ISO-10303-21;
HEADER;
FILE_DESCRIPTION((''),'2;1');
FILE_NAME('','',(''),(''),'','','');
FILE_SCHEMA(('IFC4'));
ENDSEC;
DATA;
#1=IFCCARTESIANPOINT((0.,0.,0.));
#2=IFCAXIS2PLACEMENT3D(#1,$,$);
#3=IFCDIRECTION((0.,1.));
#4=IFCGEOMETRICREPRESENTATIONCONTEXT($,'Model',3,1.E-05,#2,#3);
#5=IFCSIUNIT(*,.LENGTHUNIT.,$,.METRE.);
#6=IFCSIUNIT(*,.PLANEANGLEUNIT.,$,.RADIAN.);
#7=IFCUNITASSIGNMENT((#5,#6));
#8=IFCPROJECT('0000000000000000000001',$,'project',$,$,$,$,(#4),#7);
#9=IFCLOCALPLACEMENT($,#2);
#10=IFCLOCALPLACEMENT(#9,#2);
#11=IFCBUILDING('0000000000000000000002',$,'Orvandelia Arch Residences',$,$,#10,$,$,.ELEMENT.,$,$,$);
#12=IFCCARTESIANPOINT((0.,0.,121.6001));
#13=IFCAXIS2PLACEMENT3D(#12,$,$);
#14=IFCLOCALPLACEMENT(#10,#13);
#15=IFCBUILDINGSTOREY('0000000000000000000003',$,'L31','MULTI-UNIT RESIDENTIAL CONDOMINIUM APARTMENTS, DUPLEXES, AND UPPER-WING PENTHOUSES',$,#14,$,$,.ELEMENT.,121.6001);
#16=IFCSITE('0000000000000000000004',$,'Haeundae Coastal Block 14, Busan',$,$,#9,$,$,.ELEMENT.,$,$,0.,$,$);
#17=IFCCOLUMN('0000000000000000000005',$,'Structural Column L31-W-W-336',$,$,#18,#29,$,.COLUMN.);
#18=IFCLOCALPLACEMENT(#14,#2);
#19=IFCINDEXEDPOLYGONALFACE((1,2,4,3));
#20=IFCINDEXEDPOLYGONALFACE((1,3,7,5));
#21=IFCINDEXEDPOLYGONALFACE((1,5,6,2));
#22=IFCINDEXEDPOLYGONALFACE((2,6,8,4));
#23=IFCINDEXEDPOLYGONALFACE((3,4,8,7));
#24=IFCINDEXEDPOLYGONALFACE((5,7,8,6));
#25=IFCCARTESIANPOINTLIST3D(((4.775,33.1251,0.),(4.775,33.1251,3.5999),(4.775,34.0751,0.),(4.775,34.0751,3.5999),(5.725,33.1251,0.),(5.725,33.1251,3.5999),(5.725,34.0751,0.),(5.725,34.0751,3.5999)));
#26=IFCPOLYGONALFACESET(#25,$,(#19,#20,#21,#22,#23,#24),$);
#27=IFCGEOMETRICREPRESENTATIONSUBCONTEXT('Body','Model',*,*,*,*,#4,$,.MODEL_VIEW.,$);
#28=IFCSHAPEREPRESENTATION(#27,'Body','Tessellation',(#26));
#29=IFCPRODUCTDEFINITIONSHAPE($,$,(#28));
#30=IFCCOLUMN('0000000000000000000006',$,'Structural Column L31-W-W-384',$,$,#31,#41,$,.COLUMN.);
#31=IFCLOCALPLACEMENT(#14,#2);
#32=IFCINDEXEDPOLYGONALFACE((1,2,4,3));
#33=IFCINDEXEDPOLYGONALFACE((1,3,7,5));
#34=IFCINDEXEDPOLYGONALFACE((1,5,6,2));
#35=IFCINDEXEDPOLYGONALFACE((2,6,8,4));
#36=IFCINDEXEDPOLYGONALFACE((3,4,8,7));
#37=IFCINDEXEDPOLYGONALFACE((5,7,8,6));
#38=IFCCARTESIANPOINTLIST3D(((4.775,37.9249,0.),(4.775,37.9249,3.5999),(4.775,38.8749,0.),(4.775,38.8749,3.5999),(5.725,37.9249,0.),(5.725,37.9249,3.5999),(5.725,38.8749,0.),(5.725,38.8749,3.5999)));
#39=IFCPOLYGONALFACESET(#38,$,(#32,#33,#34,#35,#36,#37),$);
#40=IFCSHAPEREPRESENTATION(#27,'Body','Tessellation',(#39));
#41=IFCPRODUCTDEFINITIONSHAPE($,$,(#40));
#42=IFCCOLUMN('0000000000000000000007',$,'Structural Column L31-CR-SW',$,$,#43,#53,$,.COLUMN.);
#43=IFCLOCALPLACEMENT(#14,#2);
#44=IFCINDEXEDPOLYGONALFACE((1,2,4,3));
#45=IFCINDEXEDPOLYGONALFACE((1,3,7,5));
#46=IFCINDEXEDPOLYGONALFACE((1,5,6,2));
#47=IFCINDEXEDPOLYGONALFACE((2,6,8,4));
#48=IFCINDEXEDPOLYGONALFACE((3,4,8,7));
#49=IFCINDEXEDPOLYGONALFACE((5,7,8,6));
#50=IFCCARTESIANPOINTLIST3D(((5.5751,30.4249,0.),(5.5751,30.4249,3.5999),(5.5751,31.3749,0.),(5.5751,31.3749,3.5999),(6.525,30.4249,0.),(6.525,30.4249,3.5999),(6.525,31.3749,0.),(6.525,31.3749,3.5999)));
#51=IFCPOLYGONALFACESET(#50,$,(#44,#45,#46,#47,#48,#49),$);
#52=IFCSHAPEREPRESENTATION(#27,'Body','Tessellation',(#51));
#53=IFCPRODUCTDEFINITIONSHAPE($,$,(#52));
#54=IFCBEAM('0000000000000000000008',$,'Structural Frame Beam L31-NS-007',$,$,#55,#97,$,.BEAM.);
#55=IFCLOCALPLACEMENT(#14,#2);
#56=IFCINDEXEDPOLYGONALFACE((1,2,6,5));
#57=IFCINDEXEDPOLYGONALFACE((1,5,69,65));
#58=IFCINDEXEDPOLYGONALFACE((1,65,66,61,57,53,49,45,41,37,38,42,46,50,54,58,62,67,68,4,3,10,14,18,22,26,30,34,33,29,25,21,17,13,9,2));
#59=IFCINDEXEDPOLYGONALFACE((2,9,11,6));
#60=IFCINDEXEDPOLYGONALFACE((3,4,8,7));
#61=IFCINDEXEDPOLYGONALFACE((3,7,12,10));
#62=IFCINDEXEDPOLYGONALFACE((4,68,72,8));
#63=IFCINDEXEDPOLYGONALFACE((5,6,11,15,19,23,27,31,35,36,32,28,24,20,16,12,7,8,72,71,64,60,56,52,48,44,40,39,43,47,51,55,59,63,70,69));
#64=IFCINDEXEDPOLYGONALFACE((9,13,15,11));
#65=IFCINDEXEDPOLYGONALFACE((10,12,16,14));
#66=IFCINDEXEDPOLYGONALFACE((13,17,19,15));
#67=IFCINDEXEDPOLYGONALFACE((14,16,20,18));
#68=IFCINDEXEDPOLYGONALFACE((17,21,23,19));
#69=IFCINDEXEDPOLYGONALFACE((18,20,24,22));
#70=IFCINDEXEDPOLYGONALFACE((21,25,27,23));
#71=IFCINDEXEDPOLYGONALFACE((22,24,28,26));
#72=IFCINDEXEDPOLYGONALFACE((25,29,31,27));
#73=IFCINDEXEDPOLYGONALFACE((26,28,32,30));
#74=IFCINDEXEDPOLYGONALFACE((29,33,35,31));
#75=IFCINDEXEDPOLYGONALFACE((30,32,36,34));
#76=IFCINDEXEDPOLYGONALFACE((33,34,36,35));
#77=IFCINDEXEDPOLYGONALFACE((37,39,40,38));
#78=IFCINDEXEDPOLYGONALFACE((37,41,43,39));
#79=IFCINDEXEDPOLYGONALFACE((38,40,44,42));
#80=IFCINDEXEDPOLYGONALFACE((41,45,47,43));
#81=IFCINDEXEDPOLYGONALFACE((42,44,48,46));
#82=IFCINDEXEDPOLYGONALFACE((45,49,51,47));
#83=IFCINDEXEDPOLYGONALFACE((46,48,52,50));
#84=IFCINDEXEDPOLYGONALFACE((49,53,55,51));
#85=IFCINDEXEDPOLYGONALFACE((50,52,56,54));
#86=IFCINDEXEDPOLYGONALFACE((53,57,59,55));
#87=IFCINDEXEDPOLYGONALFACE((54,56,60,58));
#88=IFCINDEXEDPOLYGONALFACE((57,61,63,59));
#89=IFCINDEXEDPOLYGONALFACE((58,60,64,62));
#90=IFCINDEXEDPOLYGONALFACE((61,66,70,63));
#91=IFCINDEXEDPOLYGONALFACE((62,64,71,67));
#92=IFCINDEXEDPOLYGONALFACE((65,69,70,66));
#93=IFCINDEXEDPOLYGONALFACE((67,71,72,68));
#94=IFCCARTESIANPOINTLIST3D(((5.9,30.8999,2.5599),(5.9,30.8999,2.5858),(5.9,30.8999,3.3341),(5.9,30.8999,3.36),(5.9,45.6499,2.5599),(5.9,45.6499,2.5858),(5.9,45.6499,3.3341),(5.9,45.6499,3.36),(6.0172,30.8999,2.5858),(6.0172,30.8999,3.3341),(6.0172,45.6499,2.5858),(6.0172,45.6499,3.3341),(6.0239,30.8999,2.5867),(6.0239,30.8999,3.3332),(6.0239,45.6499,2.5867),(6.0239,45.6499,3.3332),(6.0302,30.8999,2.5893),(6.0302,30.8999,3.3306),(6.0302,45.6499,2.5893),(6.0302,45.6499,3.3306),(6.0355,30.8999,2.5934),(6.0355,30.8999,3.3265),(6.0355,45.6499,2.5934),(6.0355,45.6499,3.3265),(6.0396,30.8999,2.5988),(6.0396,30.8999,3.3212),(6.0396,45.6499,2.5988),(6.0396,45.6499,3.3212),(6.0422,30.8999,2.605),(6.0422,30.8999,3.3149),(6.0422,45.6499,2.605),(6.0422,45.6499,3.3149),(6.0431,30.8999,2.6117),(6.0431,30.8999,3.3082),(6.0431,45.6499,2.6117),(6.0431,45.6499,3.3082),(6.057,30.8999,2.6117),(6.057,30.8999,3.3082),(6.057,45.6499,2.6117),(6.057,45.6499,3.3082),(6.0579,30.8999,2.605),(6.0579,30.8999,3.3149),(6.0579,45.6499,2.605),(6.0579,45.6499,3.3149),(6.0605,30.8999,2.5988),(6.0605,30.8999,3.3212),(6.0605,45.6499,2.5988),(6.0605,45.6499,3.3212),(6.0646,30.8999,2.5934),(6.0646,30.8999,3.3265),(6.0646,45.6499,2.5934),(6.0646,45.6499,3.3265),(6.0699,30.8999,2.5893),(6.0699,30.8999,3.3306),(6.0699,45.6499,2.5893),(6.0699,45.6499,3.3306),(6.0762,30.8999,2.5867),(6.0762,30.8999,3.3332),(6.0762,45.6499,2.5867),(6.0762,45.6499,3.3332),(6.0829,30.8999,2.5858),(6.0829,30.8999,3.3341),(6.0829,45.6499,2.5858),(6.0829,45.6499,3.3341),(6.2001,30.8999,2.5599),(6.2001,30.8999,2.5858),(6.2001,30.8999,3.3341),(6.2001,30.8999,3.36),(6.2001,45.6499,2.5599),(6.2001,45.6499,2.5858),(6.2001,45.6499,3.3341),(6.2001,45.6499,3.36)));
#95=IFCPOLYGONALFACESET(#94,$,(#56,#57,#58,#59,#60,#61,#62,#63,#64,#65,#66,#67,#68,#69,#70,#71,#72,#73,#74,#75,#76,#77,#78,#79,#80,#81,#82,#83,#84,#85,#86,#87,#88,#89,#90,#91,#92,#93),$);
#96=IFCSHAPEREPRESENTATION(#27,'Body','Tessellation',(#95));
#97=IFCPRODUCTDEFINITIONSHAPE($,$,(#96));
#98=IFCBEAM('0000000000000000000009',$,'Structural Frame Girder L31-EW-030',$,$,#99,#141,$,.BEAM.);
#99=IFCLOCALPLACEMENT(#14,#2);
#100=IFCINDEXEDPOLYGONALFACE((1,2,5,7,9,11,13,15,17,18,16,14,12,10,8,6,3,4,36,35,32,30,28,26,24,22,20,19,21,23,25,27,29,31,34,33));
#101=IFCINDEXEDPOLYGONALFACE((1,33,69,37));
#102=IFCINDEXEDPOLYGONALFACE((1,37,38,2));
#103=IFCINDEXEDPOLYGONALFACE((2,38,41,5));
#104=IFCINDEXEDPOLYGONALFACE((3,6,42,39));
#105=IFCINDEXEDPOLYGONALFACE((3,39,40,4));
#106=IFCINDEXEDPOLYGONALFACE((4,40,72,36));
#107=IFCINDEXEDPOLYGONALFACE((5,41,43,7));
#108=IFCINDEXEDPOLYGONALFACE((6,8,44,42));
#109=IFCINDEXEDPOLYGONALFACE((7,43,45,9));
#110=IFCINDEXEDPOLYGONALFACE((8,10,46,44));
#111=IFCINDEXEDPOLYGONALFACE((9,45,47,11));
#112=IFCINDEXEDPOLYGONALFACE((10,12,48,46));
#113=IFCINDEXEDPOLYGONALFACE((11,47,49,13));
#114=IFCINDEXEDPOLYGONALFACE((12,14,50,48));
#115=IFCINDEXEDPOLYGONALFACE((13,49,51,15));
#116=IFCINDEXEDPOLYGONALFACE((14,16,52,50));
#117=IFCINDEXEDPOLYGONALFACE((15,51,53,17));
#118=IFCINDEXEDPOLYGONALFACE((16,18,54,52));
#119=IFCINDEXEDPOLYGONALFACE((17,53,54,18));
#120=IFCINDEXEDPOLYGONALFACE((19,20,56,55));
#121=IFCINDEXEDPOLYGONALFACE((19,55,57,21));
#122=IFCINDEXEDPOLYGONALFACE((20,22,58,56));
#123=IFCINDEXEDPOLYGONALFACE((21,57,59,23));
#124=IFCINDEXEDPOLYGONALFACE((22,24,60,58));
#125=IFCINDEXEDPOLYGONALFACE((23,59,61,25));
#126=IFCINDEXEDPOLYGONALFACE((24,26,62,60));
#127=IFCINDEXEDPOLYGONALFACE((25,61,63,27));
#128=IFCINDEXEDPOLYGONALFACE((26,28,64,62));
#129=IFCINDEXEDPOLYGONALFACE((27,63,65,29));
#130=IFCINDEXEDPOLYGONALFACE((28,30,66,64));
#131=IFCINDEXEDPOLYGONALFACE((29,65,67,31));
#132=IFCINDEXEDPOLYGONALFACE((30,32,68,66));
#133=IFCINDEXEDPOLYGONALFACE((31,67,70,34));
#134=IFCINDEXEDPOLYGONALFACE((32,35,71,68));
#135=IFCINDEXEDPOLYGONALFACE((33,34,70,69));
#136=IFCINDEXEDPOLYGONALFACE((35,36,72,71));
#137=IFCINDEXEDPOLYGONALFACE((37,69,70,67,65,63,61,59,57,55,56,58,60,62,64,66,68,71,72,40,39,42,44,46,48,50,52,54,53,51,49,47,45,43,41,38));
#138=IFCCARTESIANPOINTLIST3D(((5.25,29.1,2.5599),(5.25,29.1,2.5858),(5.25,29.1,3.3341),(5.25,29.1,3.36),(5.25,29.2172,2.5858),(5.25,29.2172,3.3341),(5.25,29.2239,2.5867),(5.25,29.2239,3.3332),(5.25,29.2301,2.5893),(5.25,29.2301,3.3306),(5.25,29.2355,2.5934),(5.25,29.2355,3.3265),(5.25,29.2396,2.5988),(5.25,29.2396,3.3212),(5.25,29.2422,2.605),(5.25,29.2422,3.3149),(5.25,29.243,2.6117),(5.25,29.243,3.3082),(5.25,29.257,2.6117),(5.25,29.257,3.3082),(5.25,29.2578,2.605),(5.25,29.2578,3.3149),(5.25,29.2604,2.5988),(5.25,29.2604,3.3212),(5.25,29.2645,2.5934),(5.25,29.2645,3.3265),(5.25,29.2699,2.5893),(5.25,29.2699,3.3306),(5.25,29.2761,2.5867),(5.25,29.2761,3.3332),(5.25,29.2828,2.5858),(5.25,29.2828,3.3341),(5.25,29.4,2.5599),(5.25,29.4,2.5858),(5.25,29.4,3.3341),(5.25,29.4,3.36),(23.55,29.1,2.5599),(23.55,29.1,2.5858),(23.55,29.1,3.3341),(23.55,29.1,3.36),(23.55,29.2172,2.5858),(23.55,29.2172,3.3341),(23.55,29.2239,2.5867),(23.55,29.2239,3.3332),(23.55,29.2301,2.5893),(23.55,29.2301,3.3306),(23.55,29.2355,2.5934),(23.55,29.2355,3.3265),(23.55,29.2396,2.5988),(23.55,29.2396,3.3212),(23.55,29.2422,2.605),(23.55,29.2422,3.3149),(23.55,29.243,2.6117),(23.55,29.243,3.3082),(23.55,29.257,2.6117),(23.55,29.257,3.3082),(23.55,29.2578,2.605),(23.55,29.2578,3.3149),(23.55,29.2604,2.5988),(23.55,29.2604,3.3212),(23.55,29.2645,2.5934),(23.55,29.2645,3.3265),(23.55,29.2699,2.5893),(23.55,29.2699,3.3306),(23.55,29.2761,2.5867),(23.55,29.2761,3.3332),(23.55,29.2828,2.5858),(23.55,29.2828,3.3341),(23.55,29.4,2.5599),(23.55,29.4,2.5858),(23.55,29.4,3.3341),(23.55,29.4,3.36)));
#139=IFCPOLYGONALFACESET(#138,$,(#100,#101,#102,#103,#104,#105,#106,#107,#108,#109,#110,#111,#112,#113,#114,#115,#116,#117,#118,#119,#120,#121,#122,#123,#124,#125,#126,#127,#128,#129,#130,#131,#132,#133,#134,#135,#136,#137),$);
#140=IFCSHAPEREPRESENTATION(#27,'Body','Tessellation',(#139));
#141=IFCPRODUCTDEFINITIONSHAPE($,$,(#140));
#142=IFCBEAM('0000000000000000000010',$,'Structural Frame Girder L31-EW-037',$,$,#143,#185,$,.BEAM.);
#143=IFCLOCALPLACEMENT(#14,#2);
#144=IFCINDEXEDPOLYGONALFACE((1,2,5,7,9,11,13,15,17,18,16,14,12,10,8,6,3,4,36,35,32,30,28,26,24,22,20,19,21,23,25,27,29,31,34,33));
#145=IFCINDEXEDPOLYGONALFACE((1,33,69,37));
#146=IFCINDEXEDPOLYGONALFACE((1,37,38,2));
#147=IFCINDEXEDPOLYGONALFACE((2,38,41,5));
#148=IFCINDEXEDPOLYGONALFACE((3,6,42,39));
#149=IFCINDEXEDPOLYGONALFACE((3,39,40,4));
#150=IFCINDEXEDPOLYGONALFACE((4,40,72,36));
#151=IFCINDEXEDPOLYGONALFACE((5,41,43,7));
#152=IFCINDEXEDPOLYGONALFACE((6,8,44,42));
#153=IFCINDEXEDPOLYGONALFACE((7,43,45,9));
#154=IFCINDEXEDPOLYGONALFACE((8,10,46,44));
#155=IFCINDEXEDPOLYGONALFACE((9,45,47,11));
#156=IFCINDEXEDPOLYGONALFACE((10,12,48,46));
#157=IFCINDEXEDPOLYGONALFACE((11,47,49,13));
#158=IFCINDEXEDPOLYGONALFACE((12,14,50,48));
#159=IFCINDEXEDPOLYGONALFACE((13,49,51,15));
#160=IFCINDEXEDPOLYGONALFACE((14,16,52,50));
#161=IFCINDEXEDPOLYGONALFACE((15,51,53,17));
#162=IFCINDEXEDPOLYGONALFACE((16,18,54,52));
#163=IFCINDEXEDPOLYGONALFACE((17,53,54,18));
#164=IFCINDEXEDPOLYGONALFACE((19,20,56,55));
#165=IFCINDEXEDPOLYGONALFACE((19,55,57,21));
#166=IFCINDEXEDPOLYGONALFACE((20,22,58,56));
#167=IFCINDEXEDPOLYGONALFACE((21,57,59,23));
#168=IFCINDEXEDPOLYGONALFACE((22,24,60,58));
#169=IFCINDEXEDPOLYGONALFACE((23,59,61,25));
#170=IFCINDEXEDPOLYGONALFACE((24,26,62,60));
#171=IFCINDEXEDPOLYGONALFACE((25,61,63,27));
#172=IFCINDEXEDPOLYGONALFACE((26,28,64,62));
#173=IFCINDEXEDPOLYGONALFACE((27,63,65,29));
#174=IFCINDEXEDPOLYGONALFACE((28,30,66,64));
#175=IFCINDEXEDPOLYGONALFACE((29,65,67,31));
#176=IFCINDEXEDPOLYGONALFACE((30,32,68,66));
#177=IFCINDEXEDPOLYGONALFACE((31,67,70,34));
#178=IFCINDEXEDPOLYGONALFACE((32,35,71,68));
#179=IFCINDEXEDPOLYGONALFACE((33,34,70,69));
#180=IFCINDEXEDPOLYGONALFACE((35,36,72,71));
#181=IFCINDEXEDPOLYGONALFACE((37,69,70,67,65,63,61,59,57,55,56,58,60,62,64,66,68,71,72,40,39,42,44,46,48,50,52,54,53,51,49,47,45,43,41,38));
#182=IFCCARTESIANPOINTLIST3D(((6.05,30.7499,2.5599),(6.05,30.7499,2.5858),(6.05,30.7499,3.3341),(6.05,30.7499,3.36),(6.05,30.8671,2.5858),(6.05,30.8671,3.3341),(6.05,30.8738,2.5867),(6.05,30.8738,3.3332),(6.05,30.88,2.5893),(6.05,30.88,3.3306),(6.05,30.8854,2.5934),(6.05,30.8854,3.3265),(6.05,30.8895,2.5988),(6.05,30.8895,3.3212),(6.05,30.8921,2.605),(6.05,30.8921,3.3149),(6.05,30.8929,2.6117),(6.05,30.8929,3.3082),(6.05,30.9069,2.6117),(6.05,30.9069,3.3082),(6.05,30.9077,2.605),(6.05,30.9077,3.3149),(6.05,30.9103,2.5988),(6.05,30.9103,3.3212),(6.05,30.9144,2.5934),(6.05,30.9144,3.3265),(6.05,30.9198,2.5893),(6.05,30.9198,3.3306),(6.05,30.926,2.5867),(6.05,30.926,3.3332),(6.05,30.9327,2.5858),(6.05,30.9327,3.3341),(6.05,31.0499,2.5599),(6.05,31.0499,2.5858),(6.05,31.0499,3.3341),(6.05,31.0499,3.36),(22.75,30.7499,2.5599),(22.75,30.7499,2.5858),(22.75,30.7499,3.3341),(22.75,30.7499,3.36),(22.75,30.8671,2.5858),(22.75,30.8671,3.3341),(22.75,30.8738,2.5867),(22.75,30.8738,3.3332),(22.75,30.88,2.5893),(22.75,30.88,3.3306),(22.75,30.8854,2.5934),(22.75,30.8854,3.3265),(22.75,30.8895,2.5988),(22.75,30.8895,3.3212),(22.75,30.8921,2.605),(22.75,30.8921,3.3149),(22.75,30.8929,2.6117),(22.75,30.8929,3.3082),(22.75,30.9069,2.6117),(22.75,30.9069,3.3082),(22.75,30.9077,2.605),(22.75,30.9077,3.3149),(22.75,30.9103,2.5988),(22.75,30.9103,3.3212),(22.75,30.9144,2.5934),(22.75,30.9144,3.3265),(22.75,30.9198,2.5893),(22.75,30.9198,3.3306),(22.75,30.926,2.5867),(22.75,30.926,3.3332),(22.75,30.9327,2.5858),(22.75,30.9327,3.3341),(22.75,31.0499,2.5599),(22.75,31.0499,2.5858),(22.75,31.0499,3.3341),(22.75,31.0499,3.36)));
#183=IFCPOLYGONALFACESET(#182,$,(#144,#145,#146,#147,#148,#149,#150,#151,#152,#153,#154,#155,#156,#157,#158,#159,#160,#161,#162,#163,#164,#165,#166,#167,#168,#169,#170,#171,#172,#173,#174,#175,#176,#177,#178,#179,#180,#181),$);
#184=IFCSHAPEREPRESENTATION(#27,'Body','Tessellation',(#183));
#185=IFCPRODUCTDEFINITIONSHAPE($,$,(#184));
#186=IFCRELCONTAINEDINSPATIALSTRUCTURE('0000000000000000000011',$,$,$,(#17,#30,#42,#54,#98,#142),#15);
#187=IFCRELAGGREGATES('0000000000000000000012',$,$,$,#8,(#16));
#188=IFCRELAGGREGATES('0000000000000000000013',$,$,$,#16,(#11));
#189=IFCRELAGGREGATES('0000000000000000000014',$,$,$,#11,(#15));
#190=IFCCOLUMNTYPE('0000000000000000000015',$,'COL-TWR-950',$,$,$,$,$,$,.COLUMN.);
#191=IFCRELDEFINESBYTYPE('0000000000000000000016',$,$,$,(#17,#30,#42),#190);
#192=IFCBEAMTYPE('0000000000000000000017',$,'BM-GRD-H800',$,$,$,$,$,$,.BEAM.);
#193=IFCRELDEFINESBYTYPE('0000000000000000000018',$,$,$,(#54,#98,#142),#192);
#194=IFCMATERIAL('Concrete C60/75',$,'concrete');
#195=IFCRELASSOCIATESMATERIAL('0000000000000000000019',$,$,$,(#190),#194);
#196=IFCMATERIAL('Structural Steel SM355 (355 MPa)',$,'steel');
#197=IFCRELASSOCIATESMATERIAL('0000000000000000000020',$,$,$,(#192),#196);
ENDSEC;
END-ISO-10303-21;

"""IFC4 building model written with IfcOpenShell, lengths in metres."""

from ifc_helpers import new_model, si_unit, direction, frame, origin, origin_2d, place, context, subcontext, project, spatial, rectangle, i_section, extrude, material, material_profile, profile_set, type_object, element, save


model = new_model("IFC4")

# Units and contexts
model_context = context("Model", 3, precision=1e-05, world=origin(), true_north=direction((0.0, 1.0)))
body_context = subcontext(model_context, "Body", "Model", "MODEL_VIEW")
ifc_project = project(units=[si_unit("LENGTHUNIT", "METRE"), si_unit("PLANEANGLEUNIT", "RADIAN")], contexts=[model_context])

# Site, building, storey
site_placement = place(None, origin())
site = spatial("IfcSite", under=ifc_project, at=site_placement, Name="Haeundae Coastal Block 14, Busan", CompositionType="ELEMENT", RefElevation=0.0)
building_placement = place(site_placement, origin())
building = spatial("IfcBuilding", under=site, at=building_placement, Name="Orvandelia Arch Residences", CompositionType="ELEMENT")
storey_placement = place(building_placement, frame((0.0, 0.0, 121.6001)))
storey = spatial("IfcBuildingStorey", under=building, at=storey_placement, Name="L31", Description="MULTI-UNIT RESIDENTIAL CONDOMINIUM APARTMENTS, DUPLEXES, AND UPPER-WING PENTHOUSES", CompositionType="ELEMENT", Elevation=121.6001)

# Columns
ifc_material_1 = material(Name="Concrete C60/75", Category="concrete")
ifc_material_profile_1 = material_profile(ifc_material_1, rectangle(XDim=0.95, YDim=0.95, at=origin_2d()), Name="Concrete C60/75", Category="concrete")
ifc_profile_set_1 = profile_set([ifc_material_profile_1], Name="Concrete C60/75")
column_type = type_object("IfcColumnType", Name="COL-TWR-950", PredefinedType="COLUMN", material=ifc_profile_set_1)
for number, where, z_axis, x_axis, name in (
    (1, (5.25, 33.6001, 0.0), (0.0, 0.0, 1.0), (1.0, 0.0, 0.0), "Structural Column L31-W-W-336"),
    (2, (5.25, 38.3999, 0.0), (0.0, 0.0, 1.0), (1.0, 0.0, 0.0), "Structural Column L31-W-W-384"),
    (3, (6.05, 30.8999, 0.0), (0.0, 0.0, 1.0), (1.0, 0.0, 0.0), "Structural Column L31-CR-SW"),
):
    element("IfcColumn", number, at=place(storey_placement, frame(where, z_axis=z_axis, x_axis=x_axis)), inside=storey, type_object=column_type, Name=name, PredefinedType="COLUMN", context=body_context, shape_type="SweptSolid", body=[
        extrude(rectangle(XDim=0.95, YDim=0.95, at=origin_2d()), origin(), (0.0, 0.0, 1.0), 3.5999),
    ])

# Beams
ifc_material_2 = material(Name="Structural Steel SM355 (355 MPa)", Category="steel")
ifc_material_profile_2 = material_profile(ifc_material_2, i_section(OverallWidth=0.3, OverallDepth=0.8, WebThickness=0.0139, FlangeThickness=0.0259, FilletRadius=0.0259, at=origin_2d()), Name="Structural Steel SM355 (355 MPa)", Category="steel")
ifc_profile_set_2 = profile_set([ifc_material_profile_2], Name="Structural Steel SM355 (355 MPa)")
beam_type_1 = type_object("IfcBeamType", Name="BM-GRD-H800", PredefinedType="BEAM", material=ifc_profile_set_2)
beam_1_placement = place(storey_placement, frame((6.05, 30.8999, 2.96), z_axis=(0.0, 1.0, 0.0), x_axis=(-1.0, 0.0, 0.0)))
element("IfcBeam", 4, at=beam_1_placement, inside=storey, type_object=beam_type_1, Name="Structural Frame Beam L31-NS-007", PredefinedType="BEAM", context=body_context, shape_type="SweptSolid", body=[
    extrude(i_section(OverallWidth=0.3, OverallDepth=0.8, WebThickness=0.0139, FlangeThickness=0.0259, FilletRadius=0.0259, at=origin_2d()), origin(), (0.0, 0.0, 1.0), 14.75),
])
beam_2_placement = place(storey_placement, frame((5.25, 29.25, 2.96), z_axis=(1.0, 0.0, 0.0), x_axis=(0.0, 1.0, 0.0)))
element("IfcBeam", 5, at=beam_2_placement, inside=storey, type_object=beam_type_1, Name="Structural Frame Girder L31-EW-030", PredefinedType="BEAM", context=body_context, shape_type="SweptSolid", body=[
    extrude(i_section(OverallWidth=0.3, OverallDepth=0.8, WebThickness=0.0139, FlangeThickness=0.0259, FilletRadius=0.0259, at=origin_2d()), origin(), (0.0, 0.0, 1.0), 18.3),
])
beam_3_placement = place(storey_placement, frame((6.05, 30.8999, 2.96), z_axis=(1.0, 0.0, 0.0), x_axis=(0.0, 1.0, 0.0)))
element("IfcBeam", 6, at=beam_3_placement, inside=storey, type_object=beam_type_1, Name="Structural Frame Girder L31-EW-037", PredefinedType="BEAM", context=body_context, shape_type="SweptSolid", body=[
    extrude(i_section(OverallWidth=0.3, OverallDepth=0.8, WebThickness=0.0139, FlangeThickness=0.0259, FilletRadius=0.0259, at=origin_2d()), origin(), (0.0, 0.0, 1.0), 16.7),
])

save(model, "model.ifc")
